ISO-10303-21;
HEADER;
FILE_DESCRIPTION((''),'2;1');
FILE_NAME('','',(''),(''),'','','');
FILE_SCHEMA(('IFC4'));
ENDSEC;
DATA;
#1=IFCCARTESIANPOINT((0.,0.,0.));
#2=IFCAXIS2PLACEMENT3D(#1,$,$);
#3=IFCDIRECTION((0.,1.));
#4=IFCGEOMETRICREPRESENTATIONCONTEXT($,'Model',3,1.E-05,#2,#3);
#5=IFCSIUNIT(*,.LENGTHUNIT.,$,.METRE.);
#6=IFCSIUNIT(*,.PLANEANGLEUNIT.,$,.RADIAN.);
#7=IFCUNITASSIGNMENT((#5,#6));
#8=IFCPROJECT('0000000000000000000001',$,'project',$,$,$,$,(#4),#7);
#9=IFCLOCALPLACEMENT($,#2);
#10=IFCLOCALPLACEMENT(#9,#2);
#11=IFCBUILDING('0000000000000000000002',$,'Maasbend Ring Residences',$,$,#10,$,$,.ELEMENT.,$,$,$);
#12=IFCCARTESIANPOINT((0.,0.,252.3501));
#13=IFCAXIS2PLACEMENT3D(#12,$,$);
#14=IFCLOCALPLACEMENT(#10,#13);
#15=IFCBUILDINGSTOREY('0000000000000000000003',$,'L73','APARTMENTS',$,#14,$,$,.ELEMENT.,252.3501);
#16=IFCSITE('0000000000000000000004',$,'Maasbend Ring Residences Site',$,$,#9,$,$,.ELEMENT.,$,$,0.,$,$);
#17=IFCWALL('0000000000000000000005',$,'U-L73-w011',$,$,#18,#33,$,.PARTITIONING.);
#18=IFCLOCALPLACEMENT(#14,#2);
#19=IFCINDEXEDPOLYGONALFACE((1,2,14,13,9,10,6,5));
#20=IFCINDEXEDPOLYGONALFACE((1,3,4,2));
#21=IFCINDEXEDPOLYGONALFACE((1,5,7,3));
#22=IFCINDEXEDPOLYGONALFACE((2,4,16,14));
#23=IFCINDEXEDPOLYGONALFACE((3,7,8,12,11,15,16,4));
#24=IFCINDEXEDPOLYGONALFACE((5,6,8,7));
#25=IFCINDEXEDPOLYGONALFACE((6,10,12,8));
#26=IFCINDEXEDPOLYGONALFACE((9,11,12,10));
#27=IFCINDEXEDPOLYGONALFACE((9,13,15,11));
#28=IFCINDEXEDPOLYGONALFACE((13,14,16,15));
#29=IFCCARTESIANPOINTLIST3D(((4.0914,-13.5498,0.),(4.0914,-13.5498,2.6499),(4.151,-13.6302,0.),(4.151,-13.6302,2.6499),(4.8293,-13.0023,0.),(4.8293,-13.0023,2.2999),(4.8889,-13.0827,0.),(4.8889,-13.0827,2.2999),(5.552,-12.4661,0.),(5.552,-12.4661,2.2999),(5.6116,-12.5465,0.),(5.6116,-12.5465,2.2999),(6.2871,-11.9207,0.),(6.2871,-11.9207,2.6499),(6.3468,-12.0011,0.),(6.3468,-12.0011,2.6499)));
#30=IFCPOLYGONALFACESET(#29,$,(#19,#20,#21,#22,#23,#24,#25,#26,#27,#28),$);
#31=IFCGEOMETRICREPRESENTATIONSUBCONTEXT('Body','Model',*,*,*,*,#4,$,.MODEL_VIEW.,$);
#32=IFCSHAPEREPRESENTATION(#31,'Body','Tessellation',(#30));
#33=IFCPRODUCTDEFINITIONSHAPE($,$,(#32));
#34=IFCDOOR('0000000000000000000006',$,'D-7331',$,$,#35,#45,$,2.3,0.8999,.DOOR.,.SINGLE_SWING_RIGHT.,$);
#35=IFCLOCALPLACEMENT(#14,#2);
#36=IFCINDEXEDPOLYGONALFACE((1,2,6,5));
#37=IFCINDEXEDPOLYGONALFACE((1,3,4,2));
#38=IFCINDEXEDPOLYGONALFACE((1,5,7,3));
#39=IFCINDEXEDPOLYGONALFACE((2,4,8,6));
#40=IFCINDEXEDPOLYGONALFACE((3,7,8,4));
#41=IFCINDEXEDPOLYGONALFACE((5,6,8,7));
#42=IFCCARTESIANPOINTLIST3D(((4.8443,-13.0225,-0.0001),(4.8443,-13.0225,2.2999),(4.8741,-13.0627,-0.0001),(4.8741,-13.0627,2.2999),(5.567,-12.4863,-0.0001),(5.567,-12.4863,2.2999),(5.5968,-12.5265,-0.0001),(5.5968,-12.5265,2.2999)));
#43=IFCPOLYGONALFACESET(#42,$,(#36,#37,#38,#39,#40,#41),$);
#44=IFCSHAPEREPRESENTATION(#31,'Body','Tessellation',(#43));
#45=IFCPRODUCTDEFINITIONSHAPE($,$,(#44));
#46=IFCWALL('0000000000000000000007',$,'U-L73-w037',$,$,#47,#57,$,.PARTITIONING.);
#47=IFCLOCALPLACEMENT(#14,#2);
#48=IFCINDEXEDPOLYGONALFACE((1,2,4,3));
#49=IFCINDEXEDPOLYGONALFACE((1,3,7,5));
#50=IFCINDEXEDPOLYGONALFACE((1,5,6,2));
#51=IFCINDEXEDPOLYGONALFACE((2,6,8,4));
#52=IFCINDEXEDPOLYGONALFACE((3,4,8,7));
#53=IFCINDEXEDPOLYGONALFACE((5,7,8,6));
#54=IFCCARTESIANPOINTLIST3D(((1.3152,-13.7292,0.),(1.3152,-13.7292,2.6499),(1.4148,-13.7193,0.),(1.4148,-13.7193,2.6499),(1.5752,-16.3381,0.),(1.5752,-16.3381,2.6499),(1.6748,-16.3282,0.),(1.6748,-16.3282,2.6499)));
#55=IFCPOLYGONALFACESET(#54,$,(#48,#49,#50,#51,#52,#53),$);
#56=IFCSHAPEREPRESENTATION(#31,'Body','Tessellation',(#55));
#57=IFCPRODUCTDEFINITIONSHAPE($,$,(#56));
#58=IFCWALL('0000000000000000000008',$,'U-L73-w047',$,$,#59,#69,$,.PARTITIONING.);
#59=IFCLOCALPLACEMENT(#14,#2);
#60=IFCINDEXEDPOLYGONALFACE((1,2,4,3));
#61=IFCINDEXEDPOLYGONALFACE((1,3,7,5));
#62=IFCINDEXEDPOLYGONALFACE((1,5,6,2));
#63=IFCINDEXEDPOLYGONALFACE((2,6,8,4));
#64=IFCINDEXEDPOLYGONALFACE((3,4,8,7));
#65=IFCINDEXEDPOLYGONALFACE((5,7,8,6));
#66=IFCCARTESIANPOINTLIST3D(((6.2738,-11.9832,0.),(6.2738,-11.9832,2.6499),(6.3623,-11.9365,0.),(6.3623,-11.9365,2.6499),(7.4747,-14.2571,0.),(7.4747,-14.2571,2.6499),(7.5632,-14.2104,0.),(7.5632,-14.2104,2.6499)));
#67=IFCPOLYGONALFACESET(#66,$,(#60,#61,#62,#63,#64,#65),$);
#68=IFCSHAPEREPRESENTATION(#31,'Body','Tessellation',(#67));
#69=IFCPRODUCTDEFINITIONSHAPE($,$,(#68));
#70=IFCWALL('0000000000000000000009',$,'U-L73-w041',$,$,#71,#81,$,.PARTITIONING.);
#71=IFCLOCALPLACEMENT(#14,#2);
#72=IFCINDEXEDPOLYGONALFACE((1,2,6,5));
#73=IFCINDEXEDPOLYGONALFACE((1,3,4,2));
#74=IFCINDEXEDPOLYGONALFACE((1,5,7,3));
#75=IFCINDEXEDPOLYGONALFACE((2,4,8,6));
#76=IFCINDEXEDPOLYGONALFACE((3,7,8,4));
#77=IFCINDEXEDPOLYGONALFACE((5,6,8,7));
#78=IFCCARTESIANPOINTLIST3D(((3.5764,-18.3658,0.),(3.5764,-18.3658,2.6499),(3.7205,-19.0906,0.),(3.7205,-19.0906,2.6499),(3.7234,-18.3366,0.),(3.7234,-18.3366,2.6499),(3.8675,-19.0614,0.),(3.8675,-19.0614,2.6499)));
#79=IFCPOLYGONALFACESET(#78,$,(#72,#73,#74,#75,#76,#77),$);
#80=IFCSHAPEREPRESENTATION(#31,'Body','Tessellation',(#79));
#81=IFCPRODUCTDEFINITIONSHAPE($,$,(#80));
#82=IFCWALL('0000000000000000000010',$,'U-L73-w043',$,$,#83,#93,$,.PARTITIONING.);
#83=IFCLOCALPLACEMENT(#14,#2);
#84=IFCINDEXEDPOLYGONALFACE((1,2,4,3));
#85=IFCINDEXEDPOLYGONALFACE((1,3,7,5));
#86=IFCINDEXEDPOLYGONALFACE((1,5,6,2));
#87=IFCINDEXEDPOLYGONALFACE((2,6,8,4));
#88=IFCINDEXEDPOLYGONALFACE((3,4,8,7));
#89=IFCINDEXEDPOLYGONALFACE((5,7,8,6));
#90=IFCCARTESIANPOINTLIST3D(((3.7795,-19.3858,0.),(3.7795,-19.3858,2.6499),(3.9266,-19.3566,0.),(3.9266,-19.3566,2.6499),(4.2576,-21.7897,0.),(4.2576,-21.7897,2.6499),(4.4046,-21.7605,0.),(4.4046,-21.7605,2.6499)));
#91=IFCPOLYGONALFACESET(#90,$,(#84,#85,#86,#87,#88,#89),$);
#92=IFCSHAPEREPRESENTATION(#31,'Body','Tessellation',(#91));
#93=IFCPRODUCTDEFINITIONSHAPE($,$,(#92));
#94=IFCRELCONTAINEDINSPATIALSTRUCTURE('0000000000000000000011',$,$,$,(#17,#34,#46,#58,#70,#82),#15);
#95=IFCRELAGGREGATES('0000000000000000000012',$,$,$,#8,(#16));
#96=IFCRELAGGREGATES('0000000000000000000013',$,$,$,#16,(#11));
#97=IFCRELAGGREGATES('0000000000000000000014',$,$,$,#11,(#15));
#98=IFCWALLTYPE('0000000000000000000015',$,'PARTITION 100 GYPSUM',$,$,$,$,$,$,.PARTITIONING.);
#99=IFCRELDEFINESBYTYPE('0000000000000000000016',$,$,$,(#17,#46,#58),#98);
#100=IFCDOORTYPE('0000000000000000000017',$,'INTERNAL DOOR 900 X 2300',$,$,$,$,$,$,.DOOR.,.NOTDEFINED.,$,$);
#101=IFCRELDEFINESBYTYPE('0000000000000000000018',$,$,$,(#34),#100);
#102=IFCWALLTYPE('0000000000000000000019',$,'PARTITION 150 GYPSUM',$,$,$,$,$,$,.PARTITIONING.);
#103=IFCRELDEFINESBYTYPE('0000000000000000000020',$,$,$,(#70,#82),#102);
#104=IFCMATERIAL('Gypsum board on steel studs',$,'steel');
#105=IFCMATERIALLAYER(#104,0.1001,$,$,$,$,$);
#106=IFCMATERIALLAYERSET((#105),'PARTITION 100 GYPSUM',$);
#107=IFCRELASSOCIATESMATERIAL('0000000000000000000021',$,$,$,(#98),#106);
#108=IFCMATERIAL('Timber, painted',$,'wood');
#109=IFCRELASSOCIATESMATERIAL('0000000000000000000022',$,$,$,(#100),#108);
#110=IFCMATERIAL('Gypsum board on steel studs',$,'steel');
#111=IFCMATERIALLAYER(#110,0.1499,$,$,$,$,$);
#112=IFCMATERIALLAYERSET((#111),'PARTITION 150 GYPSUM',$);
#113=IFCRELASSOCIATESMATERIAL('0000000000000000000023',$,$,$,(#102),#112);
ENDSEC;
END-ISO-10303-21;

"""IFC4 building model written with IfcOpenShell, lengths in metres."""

from ifc_helpers import new_model, si_unit, direction, frame, frame_2d, origin, place, context, subcontext, project, spatial, rectangle, extrude, material, layer, layer_set, type_object, element, fill, save


model = new_model("IFC4")

# Units and contexts
model_context = context("Model", 3, precision=1e-05, world=origin(), true_north=direction((0.0, 1.0)))
body_context = subcontext(model_context, "Body", "Model", "MODEL_VIEW")
ifc_project = project(units=[si_unit("LENGTHUNIT", "METRE"), si_unit("PLANEANGLEUNIT", "RADIAN")], contexts=[model_context])

# Site, building, storey
site_placement = place(None, origin())
site = spatial("IfcSite", under=ifc_project, at=site_placement, Name="Maasbend Ring Residences Site", CompositionType="ELEMENT", RefElevation=0.0)
building_placement = place(site_placement, origin())
building = spatial("IfcBuilding", under=site, at=building_placement, Name="Maasbend Ring Residences", CompositionType="ELEMENT")
storey_placement = place(building_placement, frame((0.0, 0.0, 252.3501)))
storey = spatial("IfcBuildingStorey", under=building, at=storey_placement, Name="L73", Description="APARTMENTS", CompositionType="ELEMENT", Elevation=252.3501)

# Wall, opening, door
ifc_material_1 = material(Name="Gypsum board on steel studs", Category="steel")
ifc_layer_1 = layer(ifc_material_1, 0.1001)
ifc_layer_set_1 = layer_set([ifc_layer_1], Name="PARTITION 100 GYPSUM")
wall_type_1 = type_object("IfcWallType", Name="PARTITION 100 GYPSUM", PredefinedType="PARTITIONING", material=ifc_layer_set_1)
ifc_material_2 = material(Name="Timber, painted", Category="wood")
door_type_1 = type_object("IfcDoorType", Name="INTERNAL DOOR 900 X 2300", OperationType="NOTDEFINED", PredefinedType="DOOR", material=ifc_material_2)
wall_1_placement = place(storey_placement, frame((4.1211, -13.5901, 0.0), z_axis=(0.0, 0.0, 1.0), x_axis=(0.803097, 0.595849, 0.0)))
wall_1 = element("IfcWall", 1, at=wall_1_placement, inside=storey, type_object=wall_type_1, Name="U-L73-w011", PredefinedType="PARTITIONING", context=body_context, shape_type="SweptSolid", body=[
    extrude(rectangle(XDim=2.7341, YDim=0.1001, at=frame_2d((1.3672, 0.0))), origin(), (0.0, 0.0, 1.0), 2.6499),
])
opening_1_placement = place(wall_1_placement, frame((0.9189, 0.0, 0.0)))
opening_1 = element("IfcOpeningElement", 2, at=opening_1_placement, cuts=wall_1, PredefinedType="OPENING", context=body_context, shape_type="SweptSolid", body=[
    extrude(rectangle(XDim=0.8999, YDim=2.3, at=frame_2d((0.45, 1.1499))), frame((0.0, 0.0601, 0.0), z_axis=(0.0, -1.0, 0.0), x_axis=(1.0, 0.0, 0.0)), (0.0, 0.0, 1.0), 0.1201),
])
door_1_placement = place(opening_1_placement, origin())
door_1 = element("IfcDoor", 3, at=door_1_placement, inside=storey, type_object=door_type_1, Name="D-7331", OperationType="SINGLE_SWING_RIGHT", OverallHeight=2.3, OverallWidth=0.8999, PredefinedType="DOOR", context=body_context, shape_type="SweptSolid", body=[
    extrude(rectangle(XDim=0.8999, YDim=2.3, at=frame_2d((0.45, 1.1499))), frame((0.0, 0.0249, 0.0), z_axis=(0.0, -1.0, 0.0), x_axis=(1.0, 0.0, 0.0)), (0.0, 0.0, 1.0), 0.05),
])
fill(opening_1, door_1)

# Walls
wall_2_placement = place(storey_placement, frame((1.365, -13.7241, 0.0), z_axis=(0.0, 0.0, 1.0), x_axis=(0.099172, -0.99507, 0.0)))
element("IfcWall", 4, at=wall_2_placement, inside=storey, type_object=wall_type_1, Name="U-L73-w037", PredefinedType="PARTITIONING", context=body_context, shape_type="SweptSolid", body=[
    extrude(rectangle(XDim=2.6218, YDim=0.1001, at=frame_2d((1.311, 0.0))), origin(), (0.0, 0.0, 1.0), 2.6499),
])
wall_3_placement = place(storey_placement, frame((6.3181, -11.96, 0.0), z_axis=(0.0, 0.0, 1.0), x_axis=(0.467002, -0.884256, 0.0)))
element("IfcWall", 5, at=wall_3_placement, inside=storey, type_object=wall_type_1, Name="U-L73-w047", PredefinedType="PARTITIONING", context=body_context, shape_type="SweptSolid", body=[
    extrude(rectangle(XDim=2.5715, YDim=0.1001, at=frame_2d((1.2856, 0.0))), origin(), (0.0, 0.0, 1.0), 2.6499),
])
ifc_material_3 = material(Name="Gypsum board on steel studs", Category="steel")
ifc_layer_2 = layer(ifc_material_3, 0.1499)
ifc_layer_set_2 = layer_set([ifc_layer_2], Name="PARTITION 150 GYPSUM")
wall_type_2 = type_object("IfcWallType", Name="PARTITION 150 GYPSUM", PredefinedType="PARTITIONING", material=ifc_layer_set_2)
wall_4_placement = place(storey_placement, frame((3.6499, -18.3511, 0.0), z_axis=(0.0, 0.0, 1.0), x_axis=(0.194909, -0.980821, 0.0)))
element("IfcWall", 6, at=wall_4_placement, inside=storey, type_object=wall_type_2, Name="U-L73-w041", PredefinedType="PARTITIONING", context=body_context, shape_type="SweptSolid", body=[
    extrude(rectangle(XDim=0.739, YDim=0.1499, at=frame_2d((0.3696, 0.0))), origin(), (0.0, 0.0, 1.0), 2.6499),
])
wall_5_placement = place(storey_placement, frame((3.853, -19.3711, 0.0), z_axis=(0.0, 0.0, 1.0), x_axis=(0.195043, -0.980795, 0.0)))
element("IfcWall", 7, at=wall_5_placement, inside=storey, type_object=wall_type_2, Name="U-L73-w043", PredefinedType="PARTITIONING", context=body_context, shape_type="SweptSolid", body=[
    extrude(rectangle(XDim=2.4509, YDim=0.1499, at=frame_2d((1.2256, 0.0))), origin(), (0.0, 0.0, 1.0), 2.6499),
])

save(model, "model.ifc")
